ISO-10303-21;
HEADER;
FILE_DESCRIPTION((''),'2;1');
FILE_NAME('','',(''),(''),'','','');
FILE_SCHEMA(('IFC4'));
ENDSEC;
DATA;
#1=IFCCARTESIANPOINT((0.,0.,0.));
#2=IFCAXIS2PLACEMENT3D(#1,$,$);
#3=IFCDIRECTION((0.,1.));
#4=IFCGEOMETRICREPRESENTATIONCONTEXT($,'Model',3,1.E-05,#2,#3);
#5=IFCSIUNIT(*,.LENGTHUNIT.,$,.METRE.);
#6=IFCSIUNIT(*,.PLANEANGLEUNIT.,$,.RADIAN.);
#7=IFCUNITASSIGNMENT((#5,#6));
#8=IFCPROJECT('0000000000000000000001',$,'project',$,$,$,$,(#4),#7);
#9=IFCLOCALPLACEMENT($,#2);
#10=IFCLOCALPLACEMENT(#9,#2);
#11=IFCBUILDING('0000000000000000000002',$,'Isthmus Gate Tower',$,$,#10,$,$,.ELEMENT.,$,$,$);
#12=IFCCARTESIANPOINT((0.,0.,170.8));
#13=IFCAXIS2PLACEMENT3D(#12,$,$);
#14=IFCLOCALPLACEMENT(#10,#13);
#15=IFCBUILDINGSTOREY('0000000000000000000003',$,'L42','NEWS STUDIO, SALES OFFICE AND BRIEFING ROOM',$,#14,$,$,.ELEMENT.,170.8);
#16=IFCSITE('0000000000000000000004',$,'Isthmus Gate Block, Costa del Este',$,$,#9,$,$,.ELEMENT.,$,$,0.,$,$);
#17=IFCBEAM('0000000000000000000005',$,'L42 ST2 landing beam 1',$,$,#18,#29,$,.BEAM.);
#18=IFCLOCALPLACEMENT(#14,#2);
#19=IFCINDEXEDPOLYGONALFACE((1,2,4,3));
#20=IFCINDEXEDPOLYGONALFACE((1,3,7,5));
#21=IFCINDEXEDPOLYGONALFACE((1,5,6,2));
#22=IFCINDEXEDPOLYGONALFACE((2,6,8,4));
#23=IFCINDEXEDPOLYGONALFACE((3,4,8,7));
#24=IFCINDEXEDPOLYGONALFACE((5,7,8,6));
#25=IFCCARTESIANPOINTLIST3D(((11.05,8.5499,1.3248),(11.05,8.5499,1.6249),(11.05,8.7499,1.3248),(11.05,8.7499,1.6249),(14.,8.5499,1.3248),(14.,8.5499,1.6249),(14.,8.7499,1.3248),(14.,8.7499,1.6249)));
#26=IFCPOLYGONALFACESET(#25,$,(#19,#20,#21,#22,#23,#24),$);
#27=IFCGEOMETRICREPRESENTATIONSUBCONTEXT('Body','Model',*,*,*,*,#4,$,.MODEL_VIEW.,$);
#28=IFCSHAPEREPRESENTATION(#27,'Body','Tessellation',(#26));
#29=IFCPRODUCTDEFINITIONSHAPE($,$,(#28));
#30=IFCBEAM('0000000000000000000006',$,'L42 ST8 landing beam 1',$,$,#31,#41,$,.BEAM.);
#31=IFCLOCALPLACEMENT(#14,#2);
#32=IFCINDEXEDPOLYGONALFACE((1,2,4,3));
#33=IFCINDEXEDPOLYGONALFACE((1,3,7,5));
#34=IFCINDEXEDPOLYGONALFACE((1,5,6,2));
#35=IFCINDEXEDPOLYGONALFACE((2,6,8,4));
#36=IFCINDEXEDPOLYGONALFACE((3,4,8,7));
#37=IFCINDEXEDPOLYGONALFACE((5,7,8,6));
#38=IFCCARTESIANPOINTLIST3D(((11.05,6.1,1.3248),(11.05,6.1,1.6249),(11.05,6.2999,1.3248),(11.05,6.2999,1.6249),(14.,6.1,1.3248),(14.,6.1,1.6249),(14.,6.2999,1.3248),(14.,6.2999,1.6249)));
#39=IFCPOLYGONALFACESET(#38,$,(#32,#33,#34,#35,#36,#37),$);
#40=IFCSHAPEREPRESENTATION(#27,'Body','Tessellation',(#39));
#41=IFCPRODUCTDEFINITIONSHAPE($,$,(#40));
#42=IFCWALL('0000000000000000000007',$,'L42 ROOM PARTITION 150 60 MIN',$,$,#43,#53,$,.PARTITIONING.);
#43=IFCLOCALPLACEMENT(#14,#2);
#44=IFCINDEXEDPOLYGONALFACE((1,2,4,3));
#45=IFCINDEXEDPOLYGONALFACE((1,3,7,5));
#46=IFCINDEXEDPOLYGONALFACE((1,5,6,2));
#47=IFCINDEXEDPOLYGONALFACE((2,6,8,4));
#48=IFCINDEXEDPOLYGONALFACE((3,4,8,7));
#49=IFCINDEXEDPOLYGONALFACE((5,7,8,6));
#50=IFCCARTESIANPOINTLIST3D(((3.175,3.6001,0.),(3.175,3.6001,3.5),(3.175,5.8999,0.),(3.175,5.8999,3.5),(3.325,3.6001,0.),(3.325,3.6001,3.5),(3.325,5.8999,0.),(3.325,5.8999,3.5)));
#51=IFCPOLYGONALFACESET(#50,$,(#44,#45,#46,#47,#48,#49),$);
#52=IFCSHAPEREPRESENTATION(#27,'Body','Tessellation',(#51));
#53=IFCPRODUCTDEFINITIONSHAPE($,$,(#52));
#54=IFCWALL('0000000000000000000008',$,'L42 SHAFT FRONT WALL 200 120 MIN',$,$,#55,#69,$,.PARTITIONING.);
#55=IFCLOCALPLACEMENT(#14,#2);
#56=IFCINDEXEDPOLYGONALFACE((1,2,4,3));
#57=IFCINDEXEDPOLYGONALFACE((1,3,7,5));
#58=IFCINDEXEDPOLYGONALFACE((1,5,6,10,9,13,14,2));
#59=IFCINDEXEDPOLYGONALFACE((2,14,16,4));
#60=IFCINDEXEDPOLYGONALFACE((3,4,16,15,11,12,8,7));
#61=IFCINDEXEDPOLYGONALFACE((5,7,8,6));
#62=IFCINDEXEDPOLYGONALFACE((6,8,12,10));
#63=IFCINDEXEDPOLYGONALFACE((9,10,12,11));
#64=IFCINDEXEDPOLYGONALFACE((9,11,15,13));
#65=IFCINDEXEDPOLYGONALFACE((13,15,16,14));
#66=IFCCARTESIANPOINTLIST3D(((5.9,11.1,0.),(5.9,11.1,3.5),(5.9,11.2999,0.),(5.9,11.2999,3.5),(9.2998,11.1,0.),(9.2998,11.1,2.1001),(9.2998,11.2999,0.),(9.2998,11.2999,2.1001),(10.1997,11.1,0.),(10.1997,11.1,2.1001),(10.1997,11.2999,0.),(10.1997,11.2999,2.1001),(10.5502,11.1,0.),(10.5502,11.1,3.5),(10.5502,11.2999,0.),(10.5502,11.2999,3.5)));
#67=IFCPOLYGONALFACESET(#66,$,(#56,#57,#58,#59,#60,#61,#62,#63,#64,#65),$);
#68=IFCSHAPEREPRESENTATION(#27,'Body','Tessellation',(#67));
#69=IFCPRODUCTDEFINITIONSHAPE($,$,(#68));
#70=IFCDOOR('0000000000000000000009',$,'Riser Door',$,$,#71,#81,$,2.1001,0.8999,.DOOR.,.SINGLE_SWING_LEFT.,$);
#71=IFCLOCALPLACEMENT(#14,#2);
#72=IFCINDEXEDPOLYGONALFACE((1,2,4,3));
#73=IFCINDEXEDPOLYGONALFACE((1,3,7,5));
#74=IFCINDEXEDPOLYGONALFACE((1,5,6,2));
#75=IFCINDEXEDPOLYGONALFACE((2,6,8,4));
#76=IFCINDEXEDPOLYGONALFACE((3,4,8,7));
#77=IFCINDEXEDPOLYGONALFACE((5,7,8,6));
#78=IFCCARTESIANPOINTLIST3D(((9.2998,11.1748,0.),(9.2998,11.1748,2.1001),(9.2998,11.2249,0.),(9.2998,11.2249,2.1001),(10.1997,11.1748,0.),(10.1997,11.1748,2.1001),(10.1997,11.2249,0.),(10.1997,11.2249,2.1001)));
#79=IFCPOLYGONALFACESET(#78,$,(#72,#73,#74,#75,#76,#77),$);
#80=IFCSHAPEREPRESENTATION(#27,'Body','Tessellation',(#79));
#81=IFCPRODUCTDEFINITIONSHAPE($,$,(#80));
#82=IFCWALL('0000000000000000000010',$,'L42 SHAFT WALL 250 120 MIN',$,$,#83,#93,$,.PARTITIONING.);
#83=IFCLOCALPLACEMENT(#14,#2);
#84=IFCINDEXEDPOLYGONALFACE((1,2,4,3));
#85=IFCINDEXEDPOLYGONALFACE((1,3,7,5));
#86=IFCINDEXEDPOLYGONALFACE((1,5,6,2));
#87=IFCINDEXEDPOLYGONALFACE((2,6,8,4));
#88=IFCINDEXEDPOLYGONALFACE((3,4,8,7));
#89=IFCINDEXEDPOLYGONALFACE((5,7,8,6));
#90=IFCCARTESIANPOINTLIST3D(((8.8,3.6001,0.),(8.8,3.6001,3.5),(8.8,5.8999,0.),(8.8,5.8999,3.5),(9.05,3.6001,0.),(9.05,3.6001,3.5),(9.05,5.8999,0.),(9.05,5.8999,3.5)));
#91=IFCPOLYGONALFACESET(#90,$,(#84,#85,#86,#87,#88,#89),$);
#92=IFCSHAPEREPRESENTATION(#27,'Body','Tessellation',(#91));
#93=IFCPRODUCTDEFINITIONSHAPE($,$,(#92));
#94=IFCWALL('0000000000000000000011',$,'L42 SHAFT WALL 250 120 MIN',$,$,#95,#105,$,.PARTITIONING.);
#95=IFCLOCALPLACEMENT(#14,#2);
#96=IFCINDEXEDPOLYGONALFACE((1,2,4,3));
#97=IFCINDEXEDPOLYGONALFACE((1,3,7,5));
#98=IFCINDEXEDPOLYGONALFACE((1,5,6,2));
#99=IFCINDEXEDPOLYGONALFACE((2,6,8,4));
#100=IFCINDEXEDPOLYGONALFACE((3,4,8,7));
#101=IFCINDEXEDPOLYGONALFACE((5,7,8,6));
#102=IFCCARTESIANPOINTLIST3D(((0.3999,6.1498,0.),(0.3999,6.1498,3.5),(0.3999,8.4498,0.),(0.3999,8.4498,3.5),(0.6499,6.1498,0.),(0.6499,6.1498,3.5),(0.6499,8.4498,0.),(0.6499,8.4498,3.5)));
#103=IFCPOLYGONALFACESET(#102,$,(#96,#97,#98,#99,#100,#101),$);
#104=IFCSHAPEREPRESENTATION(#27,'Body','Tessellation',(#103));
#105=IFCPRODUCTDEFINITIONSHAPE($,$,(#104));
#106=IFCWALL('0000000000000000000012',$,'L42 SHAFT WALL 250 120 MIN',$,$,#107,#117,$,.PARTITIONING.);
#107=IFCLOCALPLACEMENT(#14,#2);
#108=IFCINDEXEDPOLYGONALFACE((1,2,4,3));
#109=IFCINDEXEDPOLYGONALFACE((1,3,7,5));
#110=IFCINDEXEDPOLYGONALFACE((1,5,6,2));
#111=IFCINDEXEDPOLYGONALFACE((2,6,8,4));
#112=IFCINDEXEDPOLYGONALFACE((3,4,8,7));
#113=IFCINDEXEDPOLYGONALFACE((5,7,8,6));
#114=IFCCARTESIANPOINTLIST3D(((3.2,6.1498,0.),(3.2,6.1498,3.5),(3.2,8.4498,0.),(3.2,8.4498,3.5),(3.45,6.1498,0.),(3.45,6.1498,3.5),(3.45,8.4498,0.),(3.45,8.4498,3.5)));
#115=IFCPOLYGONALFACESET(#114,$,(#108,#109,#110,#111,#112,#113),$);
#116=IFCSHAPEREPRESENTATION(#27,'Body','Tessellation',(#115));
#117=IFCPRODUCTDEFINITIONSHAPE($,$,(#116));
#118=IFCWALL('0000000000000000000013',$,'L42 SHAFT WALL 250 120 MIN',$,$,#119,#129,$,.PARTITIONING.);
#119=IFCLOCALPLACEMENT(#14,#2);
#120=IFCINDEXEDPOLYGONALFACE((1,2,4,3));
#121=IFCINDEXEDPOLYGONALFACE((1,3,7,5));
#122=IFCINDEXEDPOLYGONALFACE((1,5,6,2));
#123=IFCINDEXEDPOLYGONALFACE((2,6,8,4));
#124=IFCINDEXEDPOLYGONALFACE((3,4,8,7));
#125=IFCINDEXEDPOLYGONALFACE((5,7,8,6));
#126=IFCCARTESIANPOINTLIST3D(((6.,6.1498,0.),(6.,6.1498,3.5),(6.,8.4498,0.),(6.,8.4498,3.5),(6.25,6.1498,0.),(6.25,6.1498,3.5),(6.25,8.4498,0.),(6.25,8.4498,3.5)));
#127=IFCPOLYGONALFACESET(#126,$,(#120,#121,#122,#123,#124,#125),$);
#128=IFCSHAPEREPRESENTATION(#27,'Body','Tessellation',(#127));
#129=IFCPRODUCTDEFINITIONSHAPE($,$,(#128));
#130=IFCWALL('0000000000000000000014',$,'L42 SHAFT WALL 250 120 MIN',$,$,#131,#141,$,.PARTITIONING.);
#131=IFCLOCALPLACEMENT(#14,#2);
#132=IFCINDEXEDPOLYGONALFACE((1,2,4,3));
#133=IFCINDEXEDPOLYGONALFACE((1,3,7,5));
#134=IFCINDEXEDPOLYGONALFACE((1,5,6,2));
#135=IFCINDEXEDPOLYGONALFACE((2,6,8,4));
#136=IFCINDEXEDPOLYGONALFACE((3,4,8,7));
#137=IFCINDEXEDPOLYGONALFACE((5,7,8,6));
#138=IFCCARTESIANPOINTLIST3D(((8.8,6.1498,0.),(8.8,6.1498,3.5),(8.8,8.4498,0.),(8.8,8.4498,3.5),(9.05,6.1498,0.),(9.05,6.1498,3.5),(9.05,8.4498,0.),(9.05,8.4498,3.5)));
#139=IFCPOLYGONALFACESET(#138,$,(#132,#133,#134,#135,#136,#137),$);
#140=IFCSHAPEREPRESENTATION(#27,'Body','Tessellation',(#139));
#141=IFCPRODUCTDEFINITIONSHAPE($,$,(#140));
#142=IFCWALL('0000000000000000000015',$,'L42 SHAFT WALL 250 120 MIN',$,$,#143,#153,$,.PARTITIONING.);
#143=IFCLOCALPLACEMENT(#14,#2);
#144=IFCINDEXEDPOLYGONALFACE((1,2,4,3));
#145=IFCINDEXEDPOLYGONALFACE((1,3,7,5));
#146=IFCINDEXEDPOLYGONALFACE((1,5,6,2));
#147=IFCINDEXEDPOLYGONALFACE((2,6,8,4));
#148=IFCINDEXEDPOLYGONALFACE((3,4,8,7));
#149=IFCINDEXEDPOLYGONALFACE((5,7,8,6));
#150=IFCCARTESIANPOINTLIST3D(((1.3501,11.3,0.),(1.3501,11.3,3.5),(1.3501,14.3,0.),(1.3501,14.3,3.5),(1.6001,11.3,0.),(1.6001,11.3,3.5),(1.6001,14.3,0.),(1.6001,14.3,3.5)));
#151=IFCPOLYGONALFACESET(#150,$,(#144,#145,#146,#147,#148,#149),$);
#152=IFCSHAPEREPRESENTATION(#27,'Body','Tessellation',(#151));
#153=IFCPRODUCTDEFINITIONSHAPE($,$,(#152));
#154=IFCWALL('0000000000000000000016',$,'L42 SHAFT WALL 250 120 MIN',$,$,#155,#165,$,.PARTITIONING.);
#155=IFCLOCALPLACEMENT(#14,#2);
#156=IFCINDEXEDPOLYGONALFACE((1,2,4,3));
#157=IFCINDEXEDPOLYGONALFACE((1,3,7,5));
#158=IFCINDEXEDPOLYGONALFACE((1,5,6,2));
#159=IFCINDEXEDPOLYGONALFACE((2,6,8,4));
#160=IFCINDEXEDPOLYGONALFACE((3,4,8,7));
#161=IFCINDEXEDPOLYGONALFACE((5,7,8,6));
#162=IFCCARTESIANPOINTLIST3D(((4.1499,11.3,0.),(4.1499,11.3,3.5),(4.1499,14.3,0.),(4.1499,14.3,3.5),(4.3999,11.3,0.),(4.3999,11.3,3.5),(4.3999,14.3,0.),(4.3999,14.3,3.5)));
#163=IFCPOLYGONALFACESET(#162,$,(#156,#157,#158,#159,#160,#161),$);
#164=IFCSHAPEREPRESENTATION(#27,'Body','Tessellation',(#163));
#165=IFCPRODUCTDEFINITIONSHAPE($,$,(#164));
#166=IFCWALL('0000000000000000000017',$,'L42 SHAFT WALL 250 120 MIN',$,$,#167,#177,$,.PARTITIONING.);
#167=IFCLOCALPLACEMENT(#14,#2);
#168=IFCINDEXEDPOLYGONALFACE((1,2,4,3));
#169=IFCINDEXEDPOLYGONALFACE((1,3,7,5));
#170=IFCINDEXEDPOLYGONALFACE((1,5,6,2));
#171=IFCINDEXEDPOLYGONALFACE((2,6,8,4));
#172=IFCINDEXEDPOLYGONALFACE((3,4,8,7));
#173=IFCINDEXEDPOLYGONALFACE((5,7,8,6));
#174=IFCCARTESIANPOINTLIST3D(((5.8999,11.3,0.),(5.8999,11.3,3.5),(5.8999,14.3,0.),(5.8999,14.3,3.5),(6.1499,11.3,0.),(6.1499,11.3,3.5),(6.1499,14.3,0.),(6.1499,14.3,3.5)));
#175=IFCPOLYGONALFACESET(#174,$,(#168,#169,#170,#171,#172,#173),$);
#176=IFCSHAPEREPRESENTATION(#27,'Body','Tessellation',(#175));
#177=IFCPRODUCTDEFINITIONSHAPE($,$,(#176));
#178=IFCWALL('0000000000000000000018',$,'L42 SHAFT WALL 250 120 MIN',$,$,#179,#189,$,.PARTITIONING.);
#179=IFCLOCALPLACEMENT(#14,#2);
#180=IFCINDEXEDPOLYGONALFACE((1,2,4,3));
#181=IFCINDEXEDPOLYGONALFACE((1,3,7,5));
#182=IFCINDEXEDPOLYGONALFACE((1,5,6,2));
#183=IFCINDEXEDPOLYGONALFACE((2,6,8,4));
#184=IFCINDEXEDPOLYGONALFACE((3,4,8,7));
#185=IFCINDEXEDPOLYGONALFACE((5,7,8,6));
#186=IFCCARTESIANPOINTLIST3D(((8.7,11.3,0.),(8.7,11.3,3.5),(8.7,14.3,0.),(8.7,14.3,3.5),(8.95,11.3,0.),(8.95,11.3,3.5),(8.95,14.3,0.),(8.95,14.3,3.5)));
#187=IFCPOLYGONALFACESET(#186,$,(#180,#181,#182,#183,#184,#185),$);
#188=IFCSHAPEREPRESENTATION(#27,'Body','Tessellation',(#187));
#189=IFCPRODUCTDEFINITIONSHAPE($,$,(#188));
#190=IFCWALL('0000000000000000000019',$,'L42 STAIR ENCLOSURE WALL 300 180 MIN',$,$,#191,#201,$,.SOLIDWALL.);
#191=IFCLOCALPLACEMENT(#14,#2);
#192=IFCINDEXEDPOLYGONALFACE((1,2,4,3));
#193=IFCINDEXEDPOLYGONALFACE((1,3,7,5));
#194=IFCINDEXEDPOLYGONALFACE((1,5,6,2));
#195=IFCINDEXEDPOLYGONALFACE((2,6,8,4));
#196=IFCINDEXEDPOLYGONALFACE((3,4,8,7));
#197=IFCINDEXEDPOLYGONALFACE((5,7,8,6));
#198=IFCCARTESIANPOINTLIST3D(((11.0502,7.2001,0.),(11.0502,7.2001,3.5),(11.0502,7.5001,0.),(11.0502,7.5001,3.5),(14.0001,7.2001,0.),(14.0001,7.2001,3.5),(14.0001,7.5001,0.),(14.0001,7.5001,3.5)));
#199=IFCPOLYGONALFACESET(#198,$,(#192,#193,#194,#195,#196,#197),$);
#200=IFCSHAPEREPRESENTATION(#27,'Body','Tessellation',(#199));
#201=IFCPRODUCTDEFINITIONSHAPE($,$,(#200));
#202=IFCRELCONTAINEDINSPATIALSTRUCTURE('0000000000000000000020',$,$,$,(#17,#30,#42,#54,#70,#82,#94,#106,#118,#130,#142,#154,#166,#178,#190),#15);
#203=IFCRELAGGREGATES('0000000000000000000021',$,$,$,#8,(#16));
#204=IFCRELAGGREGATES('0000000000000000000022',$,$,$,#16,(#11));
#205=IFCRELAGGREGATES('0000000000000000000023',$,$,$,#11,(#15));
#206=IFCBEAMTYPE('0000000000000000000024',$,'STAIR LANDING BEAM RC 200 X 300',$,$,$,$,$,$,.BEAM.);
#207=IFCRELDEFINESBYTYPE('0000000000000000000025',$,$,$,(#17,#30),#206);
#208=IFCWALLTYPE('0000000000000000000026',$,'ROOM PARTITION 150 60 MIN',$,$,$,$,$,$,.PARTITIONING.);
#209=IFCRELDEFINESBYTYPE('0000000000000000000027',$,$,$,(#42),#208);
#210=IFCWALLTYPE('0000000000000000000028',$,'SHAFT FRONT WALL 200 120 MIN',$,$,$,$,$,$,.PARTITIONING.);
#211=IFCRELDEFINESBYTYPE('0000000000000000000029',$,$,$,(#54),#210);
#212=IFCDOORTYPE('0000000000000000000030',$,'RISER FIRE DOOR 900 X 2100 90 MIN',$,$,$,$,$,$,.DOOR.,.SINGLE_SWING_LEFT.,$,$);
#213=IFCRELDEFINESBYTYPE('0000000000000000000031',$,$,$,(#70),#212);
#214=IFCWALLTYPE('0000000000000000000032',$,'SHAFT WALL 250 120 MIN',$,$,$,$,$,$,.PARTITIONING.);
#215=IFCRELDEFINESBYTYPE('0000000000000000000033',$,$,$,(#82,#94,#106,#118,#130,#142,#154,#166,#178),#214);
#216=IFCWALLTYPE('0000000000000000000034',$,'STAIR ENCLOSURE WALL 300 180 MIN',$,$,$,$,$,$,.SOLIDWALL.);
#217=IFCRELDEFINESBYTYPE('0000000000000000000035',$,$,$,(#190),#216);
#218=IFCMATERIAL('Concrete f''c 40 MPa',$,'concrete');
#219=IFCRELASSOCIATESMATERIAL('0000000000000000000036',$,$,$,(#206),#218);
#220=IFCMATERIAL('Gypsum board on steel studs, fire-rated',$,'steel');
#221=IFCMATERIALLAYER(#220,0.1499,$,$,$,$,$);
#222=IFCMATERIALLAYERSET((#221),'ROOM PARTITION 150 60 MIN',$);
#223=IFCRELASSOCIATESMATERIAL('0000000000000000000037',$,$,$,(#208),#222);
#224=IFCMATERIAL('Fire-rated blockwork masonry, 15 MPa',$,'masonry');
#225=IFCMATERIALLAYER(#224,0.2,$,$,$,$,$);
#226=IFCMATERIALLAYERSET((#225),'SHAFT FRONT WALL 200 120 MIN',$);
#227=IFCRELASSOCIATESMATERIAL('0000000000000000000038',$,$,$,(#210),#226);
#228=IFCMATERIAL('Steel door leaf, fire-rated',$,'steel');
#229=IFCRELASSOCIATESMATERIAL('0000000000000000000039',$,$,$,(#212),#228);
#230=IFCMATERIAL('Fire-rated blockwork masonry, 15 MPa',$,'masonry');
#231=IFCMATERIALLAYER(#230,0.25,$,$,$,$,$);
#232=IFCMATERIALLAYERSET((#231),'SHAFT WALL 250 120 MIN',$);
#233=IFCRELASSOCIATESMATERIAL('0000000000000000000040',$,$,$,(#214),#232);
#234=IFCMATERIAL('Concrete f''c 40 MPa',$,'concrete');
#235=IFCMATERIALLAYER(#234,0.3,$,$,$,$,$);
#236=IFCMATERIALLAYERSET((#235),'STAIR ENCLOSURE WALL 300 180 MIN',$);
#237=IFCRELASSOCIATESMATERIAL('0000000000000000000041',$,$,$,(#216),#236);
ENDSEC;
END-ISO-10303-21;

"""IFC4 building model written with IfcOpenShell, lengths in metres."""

from ifc_helpers import new_model, si_unit, direction, frame, frame_2d, origin, origin_2d, place, context, subcontext, project, spatial, rectangle, extrude, material, layer, layer_set, material_profile, profile_set, type_object, element, fill, save


model = new_model("IFC4")

# Units and contexts
model_context = context("Model", 3, precision=1e-05, world=origin(), true_north=direction((0.0, 1.0)))
body_context = subcontext(model_context, "Body", "Model", "MODEL_VIEW")
ifc_project = project(units=[si_unit("LENGTHUNIT", "METRE"), si_unit("PLANEANGLEUNIT", "RADIAN")], contexts=[model_context])

# Site, building, storey
site_placement = place(None, origin())
site = spatial("IfcSite", under=ifc_project, at=site_placement, Name="Isthmus Gate Block, Costa del Este", CompositionType="ELEMENT", RefElevation=0.0)
building_placement = place(site_placement, origin())
building = spatial("IfcBuilding", under=site, at=building_placement, Name="Isthmus Gate Tower", CompositionType="ELEMENT")
storey_placement = place(building_placement, frame((0.0, 0.0, 170.8)))
storey = spatial("IfcBuildingStorey", under=building, at=storey_placement, Name="L42", Description="NEWS STUDIO, SALES OFFICE AND BRIEFING ROOM", CompositionType="ELEMENT", Elevation=170.8)

# Beams
ifc_material_1 = material(Name="Concrete f'c 40 MPa", Category="concrete")
ifc_material_profile = material_profile(ifc_material_1, rectangle(XDim=0.2, YDim=0.3, at=origin_2d()), Name="STAIR LANDING BEAM RC 200 X 300")
ifc_profile_set = profile_set([ifc_material_profile], Name="Concrete f'c 40 MPa")
beam_type = type_object("IfcBeamType", Name="STAIR LANDING BEAM RC 200 X 300", PredefinedType="BEAM", material=ifc_profile_set)
for number, where, z_axis, x_axis, name in (
    (1, (11.05, 8.6499, 1.4749), (1.0, 0.0, 0.0), (0.0, 1.0, 0.0), "L42 ST2 landing beam 1"),
    (2, (11.05, 6.2, 1.4749), (1.0, 0.0, 0.0), (0.0, 1.0, 0.0), "L42 ST8 landing beam 1"),
):
    element("IfcBeam", number, at=place(storey_placement, frame(where, z_axis=z_axis, x_axis=x_axis)), inside=storey, type_object=beam_type, Name=name, PredefinedType="BEAM", context=body_context, shape_type="SweptSolid", body=[
        extrude(rectangle(XDim=0.2, YDim=0.3, at=origin_2d()), origin(), (0.0, 0.0, 1.0), 2.95),
    ])

# Wall
ifc_material_2 = material(Name="Gypsum board on steel studs, fire-rated", Category="steel")
ifc_layer_1 = layer(ifc_material_2, 0.1499)
ifc_layer_set_1 = layer_set([ifc_layer_1], Name="ROOM PARTITION 150 60 MIN")
wall_type_1 = type_object("IfcWallType", Name="ROOM PARTITION 150 60 MIN", PredefinedType="PARTITIONING", material=ifc_layer_set_1)
wall_1_placement = place(storey_placement, frame((3.25, 3.6001, 0.0), z_axis=(0.0, 0.0, 1.0), x_axis=(0.0, 1.0, 0.0)))
element("IfcWall", 3, at=wall_1_placement, inside=storey, type_object=wall_type_1, Name="L42 ROOM PARTITION 150 60 MIN", PredefinedType="PARTITIONING", context=body_context, shape_type="SweptSolid", body=[
    extrude(rectangle(XDim=2.2998, YDim=0.1499, at=frame_2d((1.1499, 0.0))), origin(), (0.0, 0.0, 1.0), 3.5),
])

# Wall, opening, door
ifc_material_3 = material(Name="Fire-rated blockwork masonry, 15 MPa", Category="masonry")
ifc_layer_2 = layer(ifc_material_3, 0.2)
ifc_layer_set_2 = layer_set([ifc_layer_2], Name="SHAFT FRONT WALL 200 120 MIN")
wall_type_2 = type_object("IfcWallType", Name="SHAFT FRONT WALL 200 120 MIN", PredefinedType="PARTITIONING", material=ifc_layer_set_2)
wall_2_placement = place(storey_placement, frame((5.8999, 11.2, 0.0), z_axis=(0.0, 0.0, 1.0), x_axis=(1.0, 0.0, 0.0)))
wall_2 = element("IfcWall", 4, at=wall_2_placement, inside=storey, type_object=wall_type_2, Name="L42 SHAFT FRONT WALL 200 120 MIN", PredefinedType="PARTITIONING", context=body_context, shape_type="SweptSolid", body=[
    extrude(rectangle(XDim=4.6501, YDim=0.2, at=frame_2d((2.3252, 0.0))), origin(), (0.0, 0.0, 1.0), 3.5),
])
opening_placement = place(wall_2_placement, frame((3.3999, 0.0, 0.0)))
opening = element("IfcOpeningElement", 5, at=opening_placement, cuts=wall_2, PredefinedType="OPENING", context=body_context, shape_type="SweptSolid", body=[
    extrude(rectangle(XDim=0.8999, YDim=2.1001, at=frame_2d((0.45, 1.05))), frame((0.0, 0.1099, 0.0), z_axis=(0.0, -1.0, 0.0), x_axis=(1.0, 0.0, 0.0)), (0.0, 0.0, 1.0), 0.22),
])
ifc_material_4 = material(Name="Steel door leaf, fire-rated", Category="steel")
door_type = type_object("IfcDoorType", Name="RISER FIRE DOOR 900 X 2100 90 MIN", OperationType="SINGLE_SWING_LEFT", PredefinedType="DOOR", material=ifc_material_4)
door_placement = place(opening_placement, origin())
door = element("IfcDoor", 6, at=door_placement, inside=storey, type_object=door_type, Name="Riser Door", OperationType="SINGLE_SWING_LEFT", OverallHeight=2.1001, OverallWidth=0.8999, PredefinedType="DOOR", context=body_context, shape_type="SweptSolid", body=[
    extrude(rectangle(XDim=0.8999, YDim=2.1001, at=frame_2d((0.45, 1.05))), frame((0.0, 0.0249, 0.0), z_axis=(0.0, -1.0, 0.0), x_axis=(1.0, 0.0, 0.0)), (0.0, 0.0, 1.0), 0.05),
])
fill(opening, door)

# Walls
ifc_material_5 = material(Name="Fire-rated blockwork masonry, 15 MPa", Category="masonry")
ifc_layer_3 = layer(ifc_material_5, 0.25)
ifc_layer_set_3 = layer_set([ifc_layer_3], Name="SHAFT WALL 250 120 MIN")
wall_type_3 = type_object("IfcWallType", Name="SHAFT WALL 250 120 MIN", PredefinedType="PARTITIONING", material=ifc_layer_set_3)
wall_3_placement = place(storey_placement, frame((8.925, 3.6001, 0.0), z_axis=(0.0, 0.0, 1.0), x_axis=(0.0, 1.0, 0.0)))
element("IfcWall", 7, at=wall_3_placement, inside=storey, type_object=wall_type_3, Name="L42 SHAFT WALL 250 120 MIN", PredefinedType="PARTITIONING", context=body_context, shape_type="SweptSolid", body=[
    extrude(rectangle(XDim=2.2998, YDim=0.25, at=frame_2d((1.1499, 0.0))), origin(), (0.0, 0.0, 1.0), 3.5),
])
for number, where, z_axis, x_axis, name in (
    (8, (0.5249, 6.1499, 0.0), (0.0, 0.0, 1.0), (0.0, 1.0, 0.0), "L42 SHAFT WALL 250 120 MIN"),
    (9, (3.325, 6.1499, 0.0), (0.0, 0.0, 1.0), (0.0, 1.0, 0.0), "L42 SHAFT WALL 250 120 MIN"),
    (10, (6.125, 6.1499, 0.0), (0.0, 0.0, 1.0), (0.0, 1.0, 0.0), "L42 SHAFT WALL 250 120 MIN"),
    (11, (8.925, 6.1499, 0.0), (0.0, 0.0, 1.0), (0.0, 1.0, 0.0), "L42 SHAFT WALL 250 120 MIN"),
):
    element("IfcWall", number, at=place(storey_placement, frame(where, z_axis=z_axis, x_axis=x_axis)), inside=storey, type_object=wall_type_3, Name=name, PredefinedType="PARTITIONING", context=body_context, shape_type="SweptSolid", body=[
        extrude(rectangle(XDim=2.3, YDim=0.25, at=frame_2d((1.1499, 0.0))), origin(), (0.0, 0.0, 1.0), 3.5),
    ])
for number, where, z_axis, x_axis, name in (
    (12, (1.4751, 11.3, 0.0), (0.0, 0.0, 1.0), (0.0, 1.0, 0.0), "L42 SHAFT WALL 250 120 MIN"),
    (13, (4.2749, 11.3, 0.0), (0.0, 0.0, 1.0), (0.0, 1.0, 0.0), "L42 SHAFT WALL 250 120 MIN"),
    (14, (6.0249, 11.3, 0.0), (0.0, 0.0, 1.0), (0.0, 1.0, 0.0), "L42 SHAFT WALL 250 120 MIN"),
    (15, (8.825, 11.3, 0.0), (0.0, 0.0, 1.0), (0.0, 1.0, 0.0), "L42 SHAFT WALL 250 120 MIN"),
):
    element("IfcWall", number, at=place(storey_placement, frame(where, z_axis=z_axis, x_axis=x_axis)), inside=storey, type_object=wall_type_3, Name=name, PredefinedType="PARTITIONING", context=body_context, shape_type="SweptSolid", body=[
        extrude(rectangle(XDim=3.0, YDim=0.25, at=frame_2d((1.5, 0.0))), origin(), (0.0, 0.0, 1.0), 3.5),
    ])
ifc_material_6 = material(Name="Concrete f'c 40 MPa", Category="concrete")
ifc_layer_4 = layer(ifc_material_6, 0.3)
ifc_layer_set_4 = layer_set([ifc_layer_4], Name="STAIR ENCLOSURE WALL 300 180 MIN")
wall_type_4 = type_object("IfcWallType", Name="STAIR ENCLOSURE WALL 300 180 MIN", PredefinedType="SOLIDWALL", material=ifc_layer_set_4)
wall_4_placement = place(storey_placement, frame((11.05, 7.3501, 0.0), z_axis=(0.0, 0.0, 1.0), x_axis=(1.0, 0.0, 0.0)))
element("IfcWall", 16, at=wall_4_placement, inside=storey, type_object=wall_type_4, Name="L42 STAIR ENCLOSURE WALL 300 180 MIN", PredefinedType="SOLIDWALL", context=body_context, shape_type="SweptSolid", body=[
    extrude(rectangle(XDim=2.95, YDim=0.3, at=frame_2d((1.4751, 0.0))), origin(), (0.0, 0.0, 1.0), 3.5),
])

save(model, "model.ifc")
